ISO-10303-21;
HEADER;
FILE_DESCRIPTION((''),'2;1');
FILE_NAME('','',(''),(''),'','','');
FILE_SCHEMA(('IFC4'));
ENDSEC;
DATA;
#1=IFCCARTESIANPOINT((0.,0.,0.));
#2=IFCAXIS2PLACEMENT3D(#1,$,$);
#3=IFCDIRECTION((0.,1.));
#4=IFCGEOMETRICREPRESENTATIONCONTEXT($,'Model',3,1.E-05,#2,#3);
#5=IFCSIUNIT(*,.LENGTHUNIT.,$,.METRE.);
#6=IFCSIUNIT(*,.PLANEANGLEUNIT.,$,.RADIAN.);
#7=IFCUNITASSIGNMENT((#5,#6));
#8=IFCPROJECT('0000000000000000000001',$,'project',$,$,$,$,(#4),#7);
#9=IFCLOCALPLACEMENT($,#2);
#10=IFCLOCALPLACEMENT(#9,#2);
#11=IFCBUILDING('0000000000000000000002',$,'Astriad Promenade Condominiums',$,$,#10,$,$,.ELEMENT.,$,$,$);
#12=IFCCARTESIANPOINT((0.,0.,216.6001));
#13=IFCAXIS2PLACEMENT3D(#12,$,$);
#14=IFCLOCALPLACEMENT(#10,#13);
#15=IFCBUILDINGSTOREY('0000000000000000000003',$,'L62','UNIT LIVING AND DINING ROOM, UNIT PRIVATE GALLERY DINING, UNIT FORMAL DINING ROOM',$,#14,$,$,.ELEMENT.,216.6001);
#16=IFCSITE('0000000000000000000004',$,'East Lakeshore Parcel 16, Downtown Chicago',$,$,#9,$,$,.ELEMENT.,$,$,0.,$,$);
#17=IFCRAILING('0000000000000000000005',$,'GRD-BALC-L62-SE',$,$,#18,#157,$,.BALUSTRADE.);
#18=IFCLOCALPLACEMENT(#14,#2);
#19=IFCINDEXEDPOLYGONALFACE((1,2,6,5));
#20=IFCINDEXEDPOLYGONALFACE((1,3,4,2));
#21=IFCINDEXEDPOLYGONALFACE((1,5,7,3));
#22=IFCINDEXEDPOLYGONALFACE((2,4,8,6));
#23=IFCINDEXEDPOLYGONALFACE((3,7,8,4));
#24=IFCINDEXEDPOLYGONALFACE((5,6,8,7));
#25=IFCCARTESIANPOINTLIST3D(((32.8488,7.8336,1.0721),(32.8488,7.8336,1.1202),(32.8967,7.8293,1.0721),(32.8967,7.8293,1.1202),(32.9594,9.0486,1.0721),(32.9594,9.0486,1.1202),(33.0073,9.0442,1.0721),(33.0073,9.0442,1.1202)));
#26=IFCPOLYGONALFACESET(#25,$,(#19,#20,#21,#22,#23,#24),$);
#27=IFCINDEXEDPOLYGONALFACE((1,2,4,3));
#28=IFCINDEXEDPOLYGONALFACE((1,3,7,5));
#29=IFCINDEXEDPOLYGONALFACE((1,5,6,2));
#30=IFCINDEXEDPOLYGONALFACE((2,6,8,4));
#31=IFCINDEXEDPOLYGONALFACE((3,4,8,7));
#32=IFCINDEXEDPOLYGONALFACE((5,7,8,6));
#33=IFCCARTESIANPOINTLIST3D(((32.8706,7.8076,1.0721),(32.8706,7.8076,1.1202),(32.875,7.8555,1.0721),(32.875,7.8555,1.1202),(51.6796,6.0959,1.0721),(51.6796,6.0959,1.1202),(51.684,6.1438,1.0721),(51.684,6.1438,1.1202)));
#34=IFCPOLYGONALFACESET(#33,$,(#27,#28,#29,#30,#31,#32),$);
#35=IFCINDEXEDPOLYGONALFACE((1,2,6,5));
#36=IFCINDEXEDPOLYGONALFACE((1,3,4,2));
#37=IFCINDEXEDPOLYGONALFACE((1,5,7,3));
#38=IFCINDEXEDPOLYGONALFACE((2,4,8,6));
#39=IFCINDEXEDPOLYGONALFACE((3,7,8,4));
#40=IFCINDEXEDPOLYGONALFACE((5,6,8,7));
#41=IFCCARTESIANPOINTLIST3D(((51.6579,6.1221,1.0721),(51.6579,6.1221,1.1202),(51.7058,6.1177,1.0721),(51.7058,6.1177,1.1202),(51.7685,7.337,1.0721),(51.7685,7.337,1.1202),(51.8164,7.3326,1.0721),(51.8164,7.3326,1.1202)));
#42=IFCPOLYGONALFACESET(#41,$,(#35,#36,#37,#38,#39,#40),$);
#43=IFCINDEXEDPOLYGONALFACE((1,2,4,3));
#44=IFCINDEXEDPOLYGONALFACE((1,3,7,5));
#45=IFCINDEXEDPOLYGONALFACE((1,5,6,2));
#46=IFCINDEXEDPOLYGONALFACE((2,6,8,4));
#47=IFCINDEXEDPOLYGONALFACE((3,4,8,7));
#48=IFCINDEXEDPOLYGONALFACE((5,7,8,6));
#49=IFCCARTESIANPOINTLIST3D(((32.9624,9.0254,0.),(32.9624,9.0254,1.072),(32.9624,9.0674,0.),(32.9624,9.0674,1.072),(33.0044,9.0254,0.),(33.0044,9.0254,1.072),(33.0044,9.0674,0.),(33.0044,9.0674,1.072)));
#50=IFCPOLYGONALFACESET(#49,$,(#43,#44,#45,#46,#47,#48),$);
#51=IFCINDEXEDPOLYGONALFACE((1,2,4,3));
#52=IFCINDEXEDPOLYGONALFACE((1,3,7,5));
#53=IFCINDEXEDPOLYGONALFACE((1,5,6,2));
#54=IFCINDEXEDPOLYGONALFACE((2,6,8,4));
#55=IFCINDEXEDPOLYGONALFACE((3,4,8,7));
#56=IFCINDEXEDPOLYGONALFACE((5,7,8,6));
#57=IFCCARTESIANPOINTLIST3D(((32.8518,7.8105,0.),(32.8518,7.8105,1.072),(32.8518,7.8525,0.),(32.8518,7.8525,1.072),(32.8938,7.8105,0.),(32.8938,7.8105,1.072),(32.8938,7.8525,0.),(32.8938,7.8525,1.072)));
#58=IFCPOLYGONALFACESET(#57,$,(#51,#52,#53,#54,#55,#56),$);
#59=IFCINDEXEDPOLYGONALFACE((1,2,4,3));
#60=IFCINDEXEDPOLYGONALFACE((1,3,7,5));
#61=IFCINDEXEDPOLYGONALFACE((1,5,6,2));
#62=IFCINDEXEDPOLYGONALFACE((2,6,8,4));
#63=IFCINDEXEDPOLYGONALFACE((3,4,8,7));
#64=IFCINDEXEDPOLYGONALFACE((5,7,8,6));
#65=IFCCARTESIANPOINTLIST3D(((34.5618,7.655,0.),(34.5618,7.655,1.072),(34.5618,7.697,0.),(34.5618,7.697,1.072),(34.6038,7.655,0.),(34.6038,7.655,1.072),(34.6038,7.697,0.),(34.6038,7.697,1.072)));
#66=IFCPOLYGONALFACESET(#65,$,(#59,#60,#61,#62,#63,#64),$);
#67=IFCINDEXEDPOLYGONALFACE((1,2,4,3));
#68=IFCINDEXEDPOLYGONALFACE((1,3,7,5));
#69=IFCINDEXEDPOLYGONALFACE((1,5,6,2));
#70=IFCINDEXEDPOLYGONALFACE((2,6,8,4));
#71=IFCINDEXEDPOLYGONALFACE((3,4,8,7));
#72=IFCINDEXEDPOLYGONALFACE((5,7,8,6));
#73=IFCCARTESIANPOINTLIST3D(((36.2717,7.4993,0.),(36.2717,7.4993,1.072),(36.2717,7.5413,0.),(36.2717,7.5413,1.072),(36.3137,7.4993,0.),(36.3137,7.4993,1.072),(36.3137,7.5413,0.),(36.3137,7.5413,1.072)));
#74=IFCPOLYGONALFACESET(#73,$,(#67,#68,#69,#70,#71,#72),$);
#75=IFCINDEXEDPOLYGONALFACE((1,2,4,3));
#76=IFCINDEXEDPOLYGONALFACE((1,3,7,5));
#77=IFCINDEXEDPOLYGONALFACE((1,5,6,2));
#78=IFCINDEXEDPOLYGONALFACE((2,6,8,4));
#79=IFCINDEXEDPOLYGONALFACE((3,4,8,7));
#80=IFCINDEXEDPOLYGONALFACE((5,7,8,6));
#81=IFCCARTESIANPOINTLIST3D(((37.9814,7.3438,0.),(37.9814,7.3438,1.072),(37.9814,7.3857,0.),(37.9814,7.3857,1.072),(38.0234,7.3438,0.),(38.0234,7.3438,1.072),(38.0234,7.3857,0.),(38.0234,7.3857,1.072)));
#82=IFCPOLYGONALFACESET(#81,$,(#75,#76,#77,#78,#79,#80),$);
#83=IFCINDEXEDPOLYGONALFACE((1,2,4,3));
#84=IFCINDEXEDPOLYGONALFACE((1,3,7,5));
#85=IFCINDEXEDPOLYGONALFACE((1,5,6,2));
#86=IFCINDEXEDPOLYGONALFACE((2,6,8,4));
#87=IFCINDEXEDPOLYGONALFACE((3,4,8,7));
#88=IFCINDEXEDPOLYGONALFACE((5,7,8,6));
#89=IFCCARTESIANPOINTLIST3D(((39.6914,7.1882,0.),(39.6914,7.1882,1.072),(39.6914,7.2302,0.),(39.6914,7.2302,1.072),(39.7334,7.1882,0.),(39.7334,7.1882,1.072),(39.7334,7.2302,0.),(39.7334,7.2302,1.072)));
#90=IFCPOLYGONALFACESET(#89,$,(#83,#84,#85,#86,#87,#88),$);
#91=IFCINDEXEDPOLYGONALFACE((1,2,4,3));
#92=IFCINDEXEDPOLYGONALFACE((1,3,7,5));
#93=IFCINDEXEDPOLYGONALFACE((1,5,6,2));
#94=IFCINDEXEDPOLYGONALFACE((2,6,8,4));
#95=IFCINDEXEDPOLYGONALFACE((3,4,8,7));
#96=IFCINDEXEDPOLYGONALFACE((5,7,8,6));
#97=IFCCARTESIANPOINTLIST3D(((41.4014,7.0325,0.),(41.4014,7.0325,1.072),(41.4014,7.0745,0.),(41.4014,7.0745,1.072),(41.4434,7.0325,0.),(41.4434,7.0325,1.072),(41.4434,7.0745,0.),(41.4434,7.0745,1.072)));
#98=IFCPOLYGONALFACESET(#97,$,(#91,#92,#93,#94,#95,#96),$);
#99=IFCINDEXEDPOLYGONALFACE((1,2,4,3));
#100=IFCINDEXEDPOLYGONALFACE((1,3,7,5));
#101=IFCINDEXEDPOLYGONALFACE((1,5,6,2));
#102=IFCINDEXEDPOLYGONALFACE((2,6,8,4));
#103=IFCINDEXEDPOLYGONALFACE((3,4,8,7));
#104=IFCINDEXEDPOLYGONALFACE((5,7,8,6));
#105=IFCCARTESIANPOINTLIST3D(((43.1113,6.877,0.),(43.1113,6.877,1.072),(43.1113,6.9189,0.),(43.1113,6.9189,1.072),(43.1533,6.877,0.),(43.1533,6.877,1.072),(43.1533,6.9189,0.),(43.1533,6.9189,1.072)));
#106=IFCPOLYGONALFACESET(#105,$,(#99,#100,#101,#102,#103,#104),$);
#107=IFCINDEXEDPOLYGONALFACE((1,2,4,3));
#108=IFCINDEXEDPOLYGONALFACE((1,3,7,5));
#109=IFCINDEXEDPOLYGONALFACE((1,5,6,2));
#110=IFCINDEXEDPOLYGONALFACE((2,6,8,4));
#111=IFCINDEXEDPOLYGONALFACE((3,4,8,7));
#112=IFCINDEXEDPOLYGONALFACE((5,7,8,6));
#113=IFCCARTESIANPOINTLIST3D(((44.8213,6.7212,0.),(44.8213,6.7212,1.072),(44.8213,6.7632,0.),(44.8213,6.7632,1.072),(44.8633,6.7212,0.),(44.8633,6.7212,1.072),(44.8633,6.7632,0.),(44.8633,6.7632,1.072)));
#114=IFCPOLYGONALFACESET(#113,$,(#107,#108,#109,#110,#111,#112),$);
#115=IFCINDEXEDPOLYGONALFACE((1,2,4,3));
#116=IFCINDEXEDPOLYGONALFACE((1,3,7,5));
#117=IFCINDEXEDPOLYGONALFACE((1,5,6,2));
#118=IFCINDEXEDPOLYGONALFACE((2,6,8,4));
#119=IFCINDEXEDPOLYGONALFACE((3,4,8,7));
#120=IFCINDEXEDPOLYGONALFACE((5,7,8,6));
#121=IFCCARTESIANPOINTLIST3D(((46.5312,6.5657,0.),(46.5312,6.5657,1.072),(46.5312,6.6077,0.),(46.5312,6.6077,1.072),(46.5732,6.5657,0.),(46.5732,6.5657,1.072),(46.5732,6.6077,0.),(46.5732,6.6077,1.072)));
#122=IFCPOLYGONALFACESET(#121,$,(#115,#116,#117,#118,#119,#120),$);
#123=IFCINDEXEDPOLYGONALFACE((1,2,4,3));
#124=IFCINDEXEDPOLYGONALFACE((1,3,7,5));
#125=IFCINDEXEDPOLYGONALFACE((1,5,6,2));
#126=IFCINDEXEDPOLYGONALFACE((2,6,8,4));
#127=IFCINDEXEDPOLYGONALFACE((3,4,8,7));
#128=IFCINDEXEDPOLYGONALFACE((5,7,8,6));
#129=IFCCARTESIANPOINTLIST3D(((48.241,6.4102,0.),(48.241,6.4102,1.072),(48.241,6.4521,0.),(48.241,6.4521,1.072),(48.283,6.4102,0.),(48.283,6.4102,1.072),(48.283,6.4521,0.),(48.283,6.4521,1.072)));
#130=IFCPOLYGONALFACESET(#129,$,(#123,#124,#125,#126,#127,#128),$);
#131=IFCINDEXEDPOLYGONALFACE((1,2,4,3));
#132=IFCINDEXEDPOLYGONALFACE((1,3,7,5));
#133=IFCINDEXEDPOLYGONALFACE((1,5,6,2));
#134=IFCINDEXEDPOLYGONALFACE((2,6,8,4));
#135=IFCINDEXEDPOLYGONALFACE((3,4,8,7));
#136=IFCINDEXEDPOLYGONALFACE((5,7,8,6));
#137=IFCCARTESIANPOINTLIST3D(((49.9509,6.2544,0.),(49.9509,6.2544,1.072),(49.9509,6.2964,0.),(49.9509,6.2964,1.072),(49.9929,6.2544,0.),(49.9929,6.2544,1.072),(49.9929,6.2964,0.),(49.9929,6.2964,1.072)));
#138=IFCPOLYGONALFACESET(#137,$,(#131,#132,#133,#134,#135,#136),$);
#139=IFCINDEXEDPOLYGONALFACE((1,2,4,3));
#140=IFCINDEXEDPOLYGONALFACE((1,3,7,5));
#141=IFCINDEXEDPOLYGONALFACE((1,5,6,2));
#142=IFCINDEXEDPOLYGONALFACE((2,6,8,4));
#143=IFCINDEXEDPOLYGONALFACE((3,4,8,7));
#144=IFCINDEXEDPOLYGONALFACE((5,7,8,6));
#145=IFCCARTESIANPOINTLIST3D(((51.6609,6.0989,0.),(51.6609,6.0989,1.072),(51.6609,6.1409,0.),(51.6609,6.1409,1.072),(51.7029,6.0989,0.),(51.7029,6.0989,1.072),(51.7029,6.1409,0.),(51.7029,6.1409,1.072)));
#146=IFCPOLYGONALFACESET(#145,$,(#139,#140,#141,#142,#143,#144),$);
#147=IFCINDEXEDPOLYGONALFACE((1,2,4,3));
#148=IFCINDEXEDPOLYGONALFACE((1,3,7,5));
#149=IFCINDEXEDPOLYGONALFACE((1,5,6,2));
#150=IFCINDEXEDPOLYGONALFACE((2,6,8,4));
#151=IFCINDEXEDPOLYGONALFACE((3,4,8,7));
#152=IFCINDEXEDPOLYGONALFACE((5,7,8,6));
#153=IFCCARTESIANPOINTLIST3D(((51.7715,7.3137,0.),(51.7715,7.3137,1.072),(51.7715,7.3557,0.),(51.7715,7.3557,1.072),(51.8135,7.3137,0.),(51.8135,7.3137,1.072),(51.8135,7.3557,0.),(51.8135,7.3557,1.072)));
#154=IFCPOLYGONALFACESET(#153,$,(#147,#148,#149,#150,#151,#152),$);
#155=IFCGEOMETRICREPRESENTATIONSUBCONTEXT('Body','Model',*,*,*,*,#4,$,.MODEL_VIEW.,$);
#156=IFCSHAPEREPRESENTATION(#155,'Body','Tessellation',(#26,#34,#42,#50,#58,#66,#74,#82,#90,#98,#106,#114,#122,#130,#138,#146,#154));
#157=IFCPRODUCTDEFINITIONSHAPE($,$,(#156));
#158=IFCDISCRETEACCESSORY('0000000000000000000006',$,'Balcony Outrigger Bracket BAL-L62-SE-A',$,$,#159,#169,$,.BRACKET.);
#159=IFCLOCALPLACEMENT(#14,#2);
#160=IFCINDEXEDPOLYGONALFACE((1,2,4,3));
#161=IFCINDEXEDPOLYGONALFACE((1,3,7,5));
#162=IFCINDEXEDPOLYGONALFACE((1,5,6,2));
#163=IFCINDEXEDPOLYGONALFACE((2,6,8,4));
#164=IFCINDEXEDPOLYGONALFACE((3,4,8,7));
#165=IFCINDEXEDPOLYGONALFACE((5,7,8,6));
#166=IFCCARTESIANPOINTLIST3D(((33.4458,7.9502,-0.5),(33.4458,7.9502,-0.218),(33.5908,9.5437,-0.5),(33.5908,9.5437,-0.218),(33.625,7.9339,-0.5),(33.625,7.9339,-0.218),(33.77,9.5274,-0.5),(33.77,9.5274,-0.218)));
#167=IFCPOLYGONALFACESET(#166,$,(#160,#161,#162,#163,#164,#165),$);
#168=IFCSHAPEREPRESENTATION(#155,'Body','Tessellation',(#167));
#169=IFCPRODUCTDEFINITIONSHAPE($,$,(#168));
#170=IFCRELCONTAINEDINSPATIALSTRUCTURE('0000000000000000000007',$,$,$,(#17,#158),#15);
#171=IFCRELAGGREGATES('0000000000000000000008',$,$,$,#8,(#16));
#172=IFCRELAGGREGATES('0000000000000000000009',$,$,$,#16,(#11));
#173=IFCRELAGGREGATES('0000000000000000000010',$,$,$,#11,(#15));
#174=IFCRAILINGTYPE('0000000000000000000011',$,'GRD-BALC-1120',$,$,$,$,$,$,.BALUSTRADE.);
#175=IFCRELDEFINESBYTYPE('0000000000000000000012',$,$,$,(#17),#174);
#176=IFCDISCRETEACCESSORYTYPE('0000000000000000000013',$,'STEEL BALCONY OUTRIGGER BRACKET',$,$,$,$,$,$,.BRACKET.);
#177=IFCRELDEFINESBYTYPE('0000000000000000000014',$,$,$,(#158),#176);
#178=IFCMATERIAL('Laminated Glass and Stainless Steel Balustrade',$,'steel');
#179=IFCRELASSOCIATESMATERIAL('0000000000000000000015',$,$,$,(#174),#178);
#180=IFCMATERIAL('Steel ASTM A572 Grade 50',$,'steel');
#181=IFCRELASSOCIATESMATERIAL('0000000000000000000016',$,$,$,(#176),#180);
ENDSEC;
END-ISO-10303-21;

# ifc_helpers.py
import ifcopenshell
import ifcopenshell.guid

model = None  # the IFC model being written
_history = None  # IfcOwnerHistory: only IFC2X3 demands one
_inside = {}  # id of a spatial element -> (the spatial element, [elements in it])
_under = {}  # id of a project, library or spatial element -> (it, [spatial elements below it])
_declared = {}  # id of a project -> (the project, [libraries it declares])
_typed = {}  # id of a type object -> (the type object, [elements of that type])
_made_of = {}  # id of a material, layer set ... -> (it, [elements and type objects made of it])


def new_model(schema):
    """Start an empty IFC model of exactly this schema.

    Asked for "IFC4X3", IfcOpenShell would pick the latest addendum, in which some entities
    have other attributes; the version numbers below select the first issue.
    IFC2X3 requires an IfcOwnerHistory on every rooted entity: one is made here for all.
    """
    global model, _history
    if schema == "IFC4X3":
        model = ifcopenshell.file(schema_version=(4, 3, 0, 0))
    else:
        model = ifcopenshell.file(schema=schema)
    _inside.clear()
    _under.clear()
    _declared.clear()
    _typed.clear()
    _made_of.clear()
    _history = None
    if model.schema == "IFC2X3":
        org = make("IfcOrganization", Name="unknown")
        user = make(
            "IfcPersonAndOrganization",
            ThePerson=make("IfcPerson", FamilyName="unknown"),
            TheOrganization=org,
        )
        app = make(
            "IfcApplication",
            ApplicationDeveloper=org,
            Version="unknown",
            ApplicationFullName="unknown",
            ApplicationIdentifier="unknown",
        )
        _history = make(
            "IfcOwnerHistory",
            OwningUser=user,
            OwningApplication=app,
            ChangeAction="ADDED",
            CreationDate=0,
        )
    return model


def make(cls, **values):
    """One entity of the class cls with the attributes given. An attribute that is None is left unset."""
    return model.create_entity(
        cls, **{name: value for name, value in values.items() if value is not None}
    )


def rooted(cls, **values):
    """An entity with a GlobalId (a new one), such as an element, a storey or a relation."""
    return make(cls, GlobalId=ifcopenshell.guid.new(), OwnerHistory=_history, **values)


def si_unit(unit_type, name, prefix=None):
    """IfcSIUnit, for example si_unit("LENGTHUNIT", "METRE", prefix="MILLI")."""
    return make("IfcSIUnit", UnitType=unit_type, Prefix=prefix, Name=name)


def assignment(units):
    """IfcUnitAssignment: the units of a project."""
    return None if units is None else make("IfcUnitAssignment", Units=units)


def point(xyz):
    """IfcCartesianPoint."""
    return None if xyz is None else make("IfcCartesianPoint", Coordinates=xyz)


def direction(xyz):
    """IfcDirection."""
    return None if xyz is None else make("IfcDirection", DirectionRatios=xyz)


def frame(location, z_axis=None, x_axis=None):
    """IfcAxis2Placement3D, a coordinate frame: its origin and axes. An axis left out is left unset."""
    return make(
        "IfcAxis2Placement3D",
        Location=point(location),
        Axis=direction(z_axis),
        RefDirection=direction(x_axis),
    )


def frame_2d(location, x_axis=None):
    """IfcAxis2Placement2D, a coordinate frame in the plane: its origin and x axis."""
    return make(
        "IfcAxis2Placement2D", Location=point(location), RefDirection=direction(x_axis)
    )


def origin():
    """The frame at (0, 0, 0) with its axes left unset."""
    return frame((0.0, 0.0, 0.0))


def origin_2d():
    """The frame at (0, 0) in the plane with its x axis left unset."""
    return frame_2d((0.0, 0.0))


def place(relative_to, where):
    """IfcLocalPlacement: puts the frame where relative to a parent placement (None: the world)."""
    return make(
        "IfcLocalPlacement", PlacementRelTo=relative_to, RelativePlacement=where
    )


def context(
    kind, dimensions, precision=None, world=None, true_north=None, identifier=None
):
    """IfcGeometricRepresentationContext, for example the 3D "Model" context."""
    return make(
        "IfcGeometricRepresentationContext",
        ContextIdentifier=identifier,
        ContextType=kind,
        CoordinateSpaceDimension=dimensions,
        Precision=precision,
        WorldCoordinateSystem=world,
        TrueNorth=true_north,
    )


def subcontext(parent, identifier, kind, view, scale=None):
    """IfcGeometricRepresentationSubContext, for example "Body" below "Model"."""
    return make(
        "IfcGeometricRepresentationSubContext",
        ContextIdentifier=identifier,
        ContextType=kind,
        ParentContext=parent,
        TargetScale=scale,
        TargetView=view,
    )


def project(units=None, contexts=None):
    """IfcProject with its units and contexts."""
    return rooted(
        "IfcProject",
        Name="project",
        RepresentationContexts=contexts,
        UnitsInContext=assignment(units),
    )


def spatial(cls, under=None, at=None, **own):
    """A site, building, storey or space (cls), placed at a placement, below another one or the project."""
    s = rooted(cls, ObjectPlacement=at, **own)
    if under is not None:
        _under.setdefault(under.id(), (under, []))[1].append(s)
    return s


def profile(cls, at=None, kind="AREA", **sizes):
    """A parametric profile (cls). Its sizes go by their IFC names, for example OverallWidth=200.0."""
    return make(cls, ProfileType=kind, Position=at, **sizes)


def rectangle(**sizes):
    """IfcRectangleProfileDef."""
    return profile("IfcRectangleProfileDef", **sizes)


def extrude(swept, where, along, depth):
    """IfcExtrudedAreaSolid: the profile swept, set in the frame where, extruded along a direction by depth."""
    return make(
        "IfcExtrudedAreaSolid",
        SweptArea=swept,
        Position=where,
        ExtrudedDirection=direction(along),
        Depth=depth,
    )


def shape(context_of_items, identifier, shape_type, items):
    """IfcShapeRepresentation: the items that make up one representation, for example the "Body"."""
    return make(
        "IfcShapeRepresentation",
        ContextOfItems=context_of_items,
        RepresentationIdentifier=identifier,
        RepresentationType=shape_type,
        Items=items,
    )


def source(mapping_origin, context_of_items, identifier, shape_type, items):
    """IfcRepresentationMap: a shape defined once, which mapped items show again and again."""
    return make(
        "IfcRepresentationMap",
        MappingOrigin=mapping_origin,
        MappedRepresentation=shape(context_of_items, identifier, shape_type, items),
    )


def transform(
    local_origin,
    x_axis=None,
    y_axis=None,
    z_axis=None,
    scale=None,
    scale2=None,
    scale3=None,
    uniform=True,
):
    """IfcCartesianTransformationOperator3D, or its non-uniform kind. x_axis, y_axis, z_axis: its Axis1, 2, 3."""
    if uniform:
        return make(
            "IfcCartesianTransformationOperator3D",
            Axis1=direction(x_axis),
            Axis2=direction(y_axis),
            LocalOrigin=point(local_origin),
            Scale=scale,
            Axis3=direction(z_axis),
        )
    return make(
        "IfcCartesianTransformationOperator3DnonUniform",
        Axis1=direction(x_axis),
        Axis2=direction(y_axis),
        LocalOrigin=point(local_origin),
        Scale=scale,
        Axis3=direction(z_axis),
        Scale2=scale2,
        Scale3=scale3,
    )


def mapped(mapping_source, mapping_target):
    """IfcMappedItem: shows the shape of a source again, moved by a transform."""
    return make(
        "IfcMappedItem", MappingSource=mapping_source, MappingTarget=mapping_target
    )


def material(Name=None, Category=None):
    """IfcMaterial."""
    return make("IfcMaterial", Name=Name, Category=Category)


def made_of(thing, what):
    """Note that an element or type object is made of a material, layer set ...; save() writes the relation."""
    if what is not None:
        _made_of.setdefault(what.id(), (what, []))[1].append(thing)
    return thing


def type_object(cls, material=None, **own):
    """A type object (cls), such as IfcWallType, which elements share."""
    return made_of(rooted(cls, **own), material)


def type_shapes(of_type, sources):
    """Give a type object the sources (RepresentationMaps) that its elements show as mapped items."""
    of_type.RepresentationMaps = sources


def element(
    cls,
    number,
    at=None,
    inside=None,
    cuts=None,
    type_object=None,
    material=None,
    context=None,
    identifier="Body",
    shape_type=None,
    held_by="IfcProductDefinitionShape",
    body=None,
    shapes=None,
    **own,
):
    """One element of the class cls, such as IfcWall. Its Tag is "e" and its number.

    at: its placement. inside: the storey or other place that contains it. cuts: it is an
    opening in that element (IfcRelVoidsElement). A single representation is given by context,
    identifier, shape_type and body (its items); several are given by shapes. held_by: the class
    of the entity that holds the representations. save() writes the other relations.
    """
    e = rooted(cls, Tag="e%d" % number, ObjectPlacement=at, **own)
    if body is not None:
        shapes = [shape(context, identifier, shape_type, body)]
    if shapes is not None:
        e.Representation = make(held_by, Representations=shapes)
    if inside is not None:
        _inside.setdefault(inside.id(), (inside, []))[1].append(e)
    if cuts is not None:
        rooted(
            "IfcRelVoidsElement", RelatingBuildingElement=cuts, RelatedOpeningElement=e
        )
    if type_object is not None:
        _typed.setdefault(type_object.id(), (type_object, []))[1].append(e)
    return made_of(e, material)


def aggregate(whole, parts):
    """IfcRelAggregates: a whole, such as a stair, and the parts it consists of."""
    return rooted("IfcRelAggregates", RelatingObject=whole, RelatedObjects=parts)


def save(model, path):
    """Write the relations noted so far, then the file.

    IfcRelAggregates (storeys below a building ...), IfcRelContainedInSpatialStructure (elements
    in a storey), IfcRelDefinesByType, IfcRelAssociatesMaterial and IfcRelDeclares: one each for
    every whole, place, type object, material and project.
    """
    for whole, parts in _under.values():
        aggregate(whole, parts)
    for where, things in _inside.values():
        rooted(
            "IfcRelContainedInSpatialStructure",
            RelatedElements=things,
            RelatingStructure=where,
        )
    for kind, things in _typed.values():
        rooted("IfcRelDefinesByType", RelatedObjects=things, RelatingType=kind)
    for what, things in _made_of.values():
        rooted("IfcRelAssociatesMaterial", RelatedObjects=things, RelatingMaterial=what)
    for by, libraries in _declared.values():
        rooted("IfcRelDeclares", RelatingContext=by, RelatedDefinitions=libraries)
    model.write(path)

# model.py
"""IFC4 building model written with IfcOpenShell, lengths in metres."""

from ifc_helpers import new_model, si_unit, direction, frame, origin, origin_2d, place, context, subcontext, project, spatial, rectangle, extrude, source, transform, mapped, material, type_object, type_shapes, element, save


model = new_model("IFC4")

# Units and contexts
model_context = context("Model", 3, precision=1e-05, world=origin(), true_north=direction((0.0, 1.0)))
body_context = subcontext(model_context, "Body", "Model", "MODEL_VIEW")
ifc_project = project(units=[si_unit("LENGTHUNIT", "METRE"), si_unit("PLANEANGLEUNIT", "RADIAN")], contexts=[model_context])

# Site, building, storey
site_placement = place(None, origin())
site = spatial("IfcSite", under=ifc_project, at=site_placement, Name="East Lakeshore Parcel 16, Downtown Chicago", CompositionType="ELEMENT", RefElevation=0.0)
building_placement = place(site_placement, origin())
building = spatial("IfcBuilding", under=site, at=building_placement, Name="Astriad Promenade Condominiums", CompositionType="ELEMENT")
storey_placement = place(building_placement, frame((0.0, 0.0, 216.6001)))
storey = spatial("IfcBuildingStorey", under=building, at=storey_placement, Name="L62", Description="UNIT LIVING AND DINING ROOM, UNIT PRIVATE GALLERY DINING, UNIT FORMAL DINING ROOM", CompositionType="ELEMENT", Elevation=216.6001)

# Railing
ifc_material_1 = material(Name="Laminated Glass and Stainless Steel Balustrade", Category="steel")
railing_type = type_object("IfcRailingType", Name="GRD-BALC-1120", PredefinedType="BALUSTRADE", material=ifc_material_1)
shared_shape_1 = source(origin(), body_context, "Body", "SweptSolid", [
    extrude(rectangle(XDim=0.0481, YDim=0.0481, at=origin_2d()), frame((0.0, 0.0, 1.0962), z_axis=(-0.090662, -0.995882, 0.0), x_axis=(0.995882, -0.090662, 0.0)), (0.0, 0.0, 1.0), 1.22),
    extrude(rectangle(XDim=0.0481, YDim=0.0481, at=origin_2d()), frame((-0.1106, -1.2148, 1.0962), z_axis=(0.995885, -0.090628, 0.0), x_axis=(0.090628, 0.995885, 0.0)), (0.0, 0.0, 1.0), 18.8867),
    extrude(rectangle(XDim=0.0481, YDim=0.0481, at=origin_2d()), frame((18.6985, -2.9265, 1.0962), z_axis=(0.090662, 0.995882, 0.0), x_axis=(-0.995882, 0.090662, 0.0)), (0.0, 0.0, 1.0), 1.22),
    extrude(rectangle(XDim=0.042, YDim=0.042, at=origin_2d()), origin(), (0.0, 0.0, 1.0), 1.072),
    extrude(rectangle(XDim=0.042, YDim=0.042, at=origin_2d()), frame((-0.1106, -1.2148, 0.0)), (0.0, 0.0, 1.0), 1.072),
    extrude(rectangle(XDim=0.042, YDim=0.042, at=origin_2d()), frame((1.5994, -1.3704, 0.0)), (0.0, 0.0, 1.0), 1.072),
    extrude(rectangle(XDim=0.042, YDim=0.042, at=origin_2d()), frame((3.3093, -1.5261, 0.0)), (0.0, 0.0, 1.0), 1.072),
    extrude(rectangle(XDim=0.042, YDim=0.042, at=origin_2d()), frame((5.019, -1.6816, 0.0)), (0.0, 0.0, 1.0), 1.072),
    extrude(rectangle(XDim=0.042, YDim=0.042, at=origin_2d()), frame((6.729, -1.8372, 0.0)), (0.0, 0.0, 1.0), 1.072),
    extrude(rectangle(XDim=0.042, YDim=0.042, at=origin_2d()), frame((8.439, -1.9929, 0.0)), (0.0, 0.0, 1.0), 1.072),
    extrude(rectangle(XDim=0.042, YDim=0.042, at=origin_2d()), frame((10.1489, -2.1484, 0.0)), (0.0, 0.0, 1.0), 1.072),
    extrude(rectangle(XDim=0.042, YDim=0.042, at=origin_2d()), frame((11.8589, -2.3042, 0.0)), (0.0, 0.0, 1.0), 1.072),
    extrude(rectangle(XDim=0.042, YDim=0.042, at=origin_2d()), frame((13.5688, -2.4597, 0.0)), (0.0, 0.0, 1.0), 1.072),
    extrude(rectangle(XDim=0.042, YDim=0.042, at=origin_2d()), frame((15.2786, -2.6152, 0.0)), (0.0, 0.0, 1.0), 1.072),
    extrude(rectangle(XDim=0.042, YDim=0.042, at=origin_2d()), frame((16.9885, -2.771, 0.0)), (0.0, 0.0, 1.0), 1.072),
    extrude(rectangle(XDim=0.042, YDim=0.042, at=origin_2d()), frame((18.6985, -2.9265, 0.0)), (0.0, 0.0, 1.0), 1.072),
    extrude(rectangle(XDim=0.042, YDim=0.042, at=origin_2d()), frame((18.8091, -1.7117, 0.0)), (0.0, 0.0, 1.0), 1.072),
])
type_shapes(railing_type, [shared_shape_1])
railing_placement = place(storey_placement, frame((32.9834, 9.0464, 0.0)))
element("IfcRailing", 1, at=railing_placement, inside=storey, type_object=railing_type, Name="GRD-BALC-L62-SE", PredefinedType="BALUSTRADE", context=body_context, shape_type="MappedRepresentation", body=[
    mapped(shared_shape_1, transform((0.0, 0.0, 0.0), scale=1.0)),
])

# Discrete accessory
ifc_material_2 = material(Name="Steel ASTM A572 Grade 50", Category="steel")
discrete_accessory_type = type_object("IfcDiscreteAccessoryType", Name="STEEL BALCONY OUTRIGGER BRACKET", PredefinedType="BRACKET", material=ifc_material_2)
shared_shape_2 = source(origin(), body_context, "Body", "SweptSolid", [
    extrude(rectangle(XDim=1.6001, YDim=0.1799, at=origin_2d()), origin(), (0.0, 0.0, 1.0), 0.282),
])
type_shapes(discrete_accessory_type, [shared_shape_2])
discrete_accessory_placement = place(storey_placement, frame((33.6079, 8.7388, -0.5), z_axis=(0.0, 0.0, 1.0), x_axis=(-0.090633, -0.995884, 0.0)))
element("IfcDiscreteAccessory", 2, at=discrete_accessory_placement, inside=storey, type_object=discrete_accessory_type, Name="Balcony Outrigger Bracket BAL-L62-SE-A", PredefinedType="BRACKET", context=body_context, shape_type="MappedRepresentation", body=[
    mapped(shared_shape_2, transform((0.0, 0.0, 0.0), scale=1.0)),
])

save(model, "model.ifc")
